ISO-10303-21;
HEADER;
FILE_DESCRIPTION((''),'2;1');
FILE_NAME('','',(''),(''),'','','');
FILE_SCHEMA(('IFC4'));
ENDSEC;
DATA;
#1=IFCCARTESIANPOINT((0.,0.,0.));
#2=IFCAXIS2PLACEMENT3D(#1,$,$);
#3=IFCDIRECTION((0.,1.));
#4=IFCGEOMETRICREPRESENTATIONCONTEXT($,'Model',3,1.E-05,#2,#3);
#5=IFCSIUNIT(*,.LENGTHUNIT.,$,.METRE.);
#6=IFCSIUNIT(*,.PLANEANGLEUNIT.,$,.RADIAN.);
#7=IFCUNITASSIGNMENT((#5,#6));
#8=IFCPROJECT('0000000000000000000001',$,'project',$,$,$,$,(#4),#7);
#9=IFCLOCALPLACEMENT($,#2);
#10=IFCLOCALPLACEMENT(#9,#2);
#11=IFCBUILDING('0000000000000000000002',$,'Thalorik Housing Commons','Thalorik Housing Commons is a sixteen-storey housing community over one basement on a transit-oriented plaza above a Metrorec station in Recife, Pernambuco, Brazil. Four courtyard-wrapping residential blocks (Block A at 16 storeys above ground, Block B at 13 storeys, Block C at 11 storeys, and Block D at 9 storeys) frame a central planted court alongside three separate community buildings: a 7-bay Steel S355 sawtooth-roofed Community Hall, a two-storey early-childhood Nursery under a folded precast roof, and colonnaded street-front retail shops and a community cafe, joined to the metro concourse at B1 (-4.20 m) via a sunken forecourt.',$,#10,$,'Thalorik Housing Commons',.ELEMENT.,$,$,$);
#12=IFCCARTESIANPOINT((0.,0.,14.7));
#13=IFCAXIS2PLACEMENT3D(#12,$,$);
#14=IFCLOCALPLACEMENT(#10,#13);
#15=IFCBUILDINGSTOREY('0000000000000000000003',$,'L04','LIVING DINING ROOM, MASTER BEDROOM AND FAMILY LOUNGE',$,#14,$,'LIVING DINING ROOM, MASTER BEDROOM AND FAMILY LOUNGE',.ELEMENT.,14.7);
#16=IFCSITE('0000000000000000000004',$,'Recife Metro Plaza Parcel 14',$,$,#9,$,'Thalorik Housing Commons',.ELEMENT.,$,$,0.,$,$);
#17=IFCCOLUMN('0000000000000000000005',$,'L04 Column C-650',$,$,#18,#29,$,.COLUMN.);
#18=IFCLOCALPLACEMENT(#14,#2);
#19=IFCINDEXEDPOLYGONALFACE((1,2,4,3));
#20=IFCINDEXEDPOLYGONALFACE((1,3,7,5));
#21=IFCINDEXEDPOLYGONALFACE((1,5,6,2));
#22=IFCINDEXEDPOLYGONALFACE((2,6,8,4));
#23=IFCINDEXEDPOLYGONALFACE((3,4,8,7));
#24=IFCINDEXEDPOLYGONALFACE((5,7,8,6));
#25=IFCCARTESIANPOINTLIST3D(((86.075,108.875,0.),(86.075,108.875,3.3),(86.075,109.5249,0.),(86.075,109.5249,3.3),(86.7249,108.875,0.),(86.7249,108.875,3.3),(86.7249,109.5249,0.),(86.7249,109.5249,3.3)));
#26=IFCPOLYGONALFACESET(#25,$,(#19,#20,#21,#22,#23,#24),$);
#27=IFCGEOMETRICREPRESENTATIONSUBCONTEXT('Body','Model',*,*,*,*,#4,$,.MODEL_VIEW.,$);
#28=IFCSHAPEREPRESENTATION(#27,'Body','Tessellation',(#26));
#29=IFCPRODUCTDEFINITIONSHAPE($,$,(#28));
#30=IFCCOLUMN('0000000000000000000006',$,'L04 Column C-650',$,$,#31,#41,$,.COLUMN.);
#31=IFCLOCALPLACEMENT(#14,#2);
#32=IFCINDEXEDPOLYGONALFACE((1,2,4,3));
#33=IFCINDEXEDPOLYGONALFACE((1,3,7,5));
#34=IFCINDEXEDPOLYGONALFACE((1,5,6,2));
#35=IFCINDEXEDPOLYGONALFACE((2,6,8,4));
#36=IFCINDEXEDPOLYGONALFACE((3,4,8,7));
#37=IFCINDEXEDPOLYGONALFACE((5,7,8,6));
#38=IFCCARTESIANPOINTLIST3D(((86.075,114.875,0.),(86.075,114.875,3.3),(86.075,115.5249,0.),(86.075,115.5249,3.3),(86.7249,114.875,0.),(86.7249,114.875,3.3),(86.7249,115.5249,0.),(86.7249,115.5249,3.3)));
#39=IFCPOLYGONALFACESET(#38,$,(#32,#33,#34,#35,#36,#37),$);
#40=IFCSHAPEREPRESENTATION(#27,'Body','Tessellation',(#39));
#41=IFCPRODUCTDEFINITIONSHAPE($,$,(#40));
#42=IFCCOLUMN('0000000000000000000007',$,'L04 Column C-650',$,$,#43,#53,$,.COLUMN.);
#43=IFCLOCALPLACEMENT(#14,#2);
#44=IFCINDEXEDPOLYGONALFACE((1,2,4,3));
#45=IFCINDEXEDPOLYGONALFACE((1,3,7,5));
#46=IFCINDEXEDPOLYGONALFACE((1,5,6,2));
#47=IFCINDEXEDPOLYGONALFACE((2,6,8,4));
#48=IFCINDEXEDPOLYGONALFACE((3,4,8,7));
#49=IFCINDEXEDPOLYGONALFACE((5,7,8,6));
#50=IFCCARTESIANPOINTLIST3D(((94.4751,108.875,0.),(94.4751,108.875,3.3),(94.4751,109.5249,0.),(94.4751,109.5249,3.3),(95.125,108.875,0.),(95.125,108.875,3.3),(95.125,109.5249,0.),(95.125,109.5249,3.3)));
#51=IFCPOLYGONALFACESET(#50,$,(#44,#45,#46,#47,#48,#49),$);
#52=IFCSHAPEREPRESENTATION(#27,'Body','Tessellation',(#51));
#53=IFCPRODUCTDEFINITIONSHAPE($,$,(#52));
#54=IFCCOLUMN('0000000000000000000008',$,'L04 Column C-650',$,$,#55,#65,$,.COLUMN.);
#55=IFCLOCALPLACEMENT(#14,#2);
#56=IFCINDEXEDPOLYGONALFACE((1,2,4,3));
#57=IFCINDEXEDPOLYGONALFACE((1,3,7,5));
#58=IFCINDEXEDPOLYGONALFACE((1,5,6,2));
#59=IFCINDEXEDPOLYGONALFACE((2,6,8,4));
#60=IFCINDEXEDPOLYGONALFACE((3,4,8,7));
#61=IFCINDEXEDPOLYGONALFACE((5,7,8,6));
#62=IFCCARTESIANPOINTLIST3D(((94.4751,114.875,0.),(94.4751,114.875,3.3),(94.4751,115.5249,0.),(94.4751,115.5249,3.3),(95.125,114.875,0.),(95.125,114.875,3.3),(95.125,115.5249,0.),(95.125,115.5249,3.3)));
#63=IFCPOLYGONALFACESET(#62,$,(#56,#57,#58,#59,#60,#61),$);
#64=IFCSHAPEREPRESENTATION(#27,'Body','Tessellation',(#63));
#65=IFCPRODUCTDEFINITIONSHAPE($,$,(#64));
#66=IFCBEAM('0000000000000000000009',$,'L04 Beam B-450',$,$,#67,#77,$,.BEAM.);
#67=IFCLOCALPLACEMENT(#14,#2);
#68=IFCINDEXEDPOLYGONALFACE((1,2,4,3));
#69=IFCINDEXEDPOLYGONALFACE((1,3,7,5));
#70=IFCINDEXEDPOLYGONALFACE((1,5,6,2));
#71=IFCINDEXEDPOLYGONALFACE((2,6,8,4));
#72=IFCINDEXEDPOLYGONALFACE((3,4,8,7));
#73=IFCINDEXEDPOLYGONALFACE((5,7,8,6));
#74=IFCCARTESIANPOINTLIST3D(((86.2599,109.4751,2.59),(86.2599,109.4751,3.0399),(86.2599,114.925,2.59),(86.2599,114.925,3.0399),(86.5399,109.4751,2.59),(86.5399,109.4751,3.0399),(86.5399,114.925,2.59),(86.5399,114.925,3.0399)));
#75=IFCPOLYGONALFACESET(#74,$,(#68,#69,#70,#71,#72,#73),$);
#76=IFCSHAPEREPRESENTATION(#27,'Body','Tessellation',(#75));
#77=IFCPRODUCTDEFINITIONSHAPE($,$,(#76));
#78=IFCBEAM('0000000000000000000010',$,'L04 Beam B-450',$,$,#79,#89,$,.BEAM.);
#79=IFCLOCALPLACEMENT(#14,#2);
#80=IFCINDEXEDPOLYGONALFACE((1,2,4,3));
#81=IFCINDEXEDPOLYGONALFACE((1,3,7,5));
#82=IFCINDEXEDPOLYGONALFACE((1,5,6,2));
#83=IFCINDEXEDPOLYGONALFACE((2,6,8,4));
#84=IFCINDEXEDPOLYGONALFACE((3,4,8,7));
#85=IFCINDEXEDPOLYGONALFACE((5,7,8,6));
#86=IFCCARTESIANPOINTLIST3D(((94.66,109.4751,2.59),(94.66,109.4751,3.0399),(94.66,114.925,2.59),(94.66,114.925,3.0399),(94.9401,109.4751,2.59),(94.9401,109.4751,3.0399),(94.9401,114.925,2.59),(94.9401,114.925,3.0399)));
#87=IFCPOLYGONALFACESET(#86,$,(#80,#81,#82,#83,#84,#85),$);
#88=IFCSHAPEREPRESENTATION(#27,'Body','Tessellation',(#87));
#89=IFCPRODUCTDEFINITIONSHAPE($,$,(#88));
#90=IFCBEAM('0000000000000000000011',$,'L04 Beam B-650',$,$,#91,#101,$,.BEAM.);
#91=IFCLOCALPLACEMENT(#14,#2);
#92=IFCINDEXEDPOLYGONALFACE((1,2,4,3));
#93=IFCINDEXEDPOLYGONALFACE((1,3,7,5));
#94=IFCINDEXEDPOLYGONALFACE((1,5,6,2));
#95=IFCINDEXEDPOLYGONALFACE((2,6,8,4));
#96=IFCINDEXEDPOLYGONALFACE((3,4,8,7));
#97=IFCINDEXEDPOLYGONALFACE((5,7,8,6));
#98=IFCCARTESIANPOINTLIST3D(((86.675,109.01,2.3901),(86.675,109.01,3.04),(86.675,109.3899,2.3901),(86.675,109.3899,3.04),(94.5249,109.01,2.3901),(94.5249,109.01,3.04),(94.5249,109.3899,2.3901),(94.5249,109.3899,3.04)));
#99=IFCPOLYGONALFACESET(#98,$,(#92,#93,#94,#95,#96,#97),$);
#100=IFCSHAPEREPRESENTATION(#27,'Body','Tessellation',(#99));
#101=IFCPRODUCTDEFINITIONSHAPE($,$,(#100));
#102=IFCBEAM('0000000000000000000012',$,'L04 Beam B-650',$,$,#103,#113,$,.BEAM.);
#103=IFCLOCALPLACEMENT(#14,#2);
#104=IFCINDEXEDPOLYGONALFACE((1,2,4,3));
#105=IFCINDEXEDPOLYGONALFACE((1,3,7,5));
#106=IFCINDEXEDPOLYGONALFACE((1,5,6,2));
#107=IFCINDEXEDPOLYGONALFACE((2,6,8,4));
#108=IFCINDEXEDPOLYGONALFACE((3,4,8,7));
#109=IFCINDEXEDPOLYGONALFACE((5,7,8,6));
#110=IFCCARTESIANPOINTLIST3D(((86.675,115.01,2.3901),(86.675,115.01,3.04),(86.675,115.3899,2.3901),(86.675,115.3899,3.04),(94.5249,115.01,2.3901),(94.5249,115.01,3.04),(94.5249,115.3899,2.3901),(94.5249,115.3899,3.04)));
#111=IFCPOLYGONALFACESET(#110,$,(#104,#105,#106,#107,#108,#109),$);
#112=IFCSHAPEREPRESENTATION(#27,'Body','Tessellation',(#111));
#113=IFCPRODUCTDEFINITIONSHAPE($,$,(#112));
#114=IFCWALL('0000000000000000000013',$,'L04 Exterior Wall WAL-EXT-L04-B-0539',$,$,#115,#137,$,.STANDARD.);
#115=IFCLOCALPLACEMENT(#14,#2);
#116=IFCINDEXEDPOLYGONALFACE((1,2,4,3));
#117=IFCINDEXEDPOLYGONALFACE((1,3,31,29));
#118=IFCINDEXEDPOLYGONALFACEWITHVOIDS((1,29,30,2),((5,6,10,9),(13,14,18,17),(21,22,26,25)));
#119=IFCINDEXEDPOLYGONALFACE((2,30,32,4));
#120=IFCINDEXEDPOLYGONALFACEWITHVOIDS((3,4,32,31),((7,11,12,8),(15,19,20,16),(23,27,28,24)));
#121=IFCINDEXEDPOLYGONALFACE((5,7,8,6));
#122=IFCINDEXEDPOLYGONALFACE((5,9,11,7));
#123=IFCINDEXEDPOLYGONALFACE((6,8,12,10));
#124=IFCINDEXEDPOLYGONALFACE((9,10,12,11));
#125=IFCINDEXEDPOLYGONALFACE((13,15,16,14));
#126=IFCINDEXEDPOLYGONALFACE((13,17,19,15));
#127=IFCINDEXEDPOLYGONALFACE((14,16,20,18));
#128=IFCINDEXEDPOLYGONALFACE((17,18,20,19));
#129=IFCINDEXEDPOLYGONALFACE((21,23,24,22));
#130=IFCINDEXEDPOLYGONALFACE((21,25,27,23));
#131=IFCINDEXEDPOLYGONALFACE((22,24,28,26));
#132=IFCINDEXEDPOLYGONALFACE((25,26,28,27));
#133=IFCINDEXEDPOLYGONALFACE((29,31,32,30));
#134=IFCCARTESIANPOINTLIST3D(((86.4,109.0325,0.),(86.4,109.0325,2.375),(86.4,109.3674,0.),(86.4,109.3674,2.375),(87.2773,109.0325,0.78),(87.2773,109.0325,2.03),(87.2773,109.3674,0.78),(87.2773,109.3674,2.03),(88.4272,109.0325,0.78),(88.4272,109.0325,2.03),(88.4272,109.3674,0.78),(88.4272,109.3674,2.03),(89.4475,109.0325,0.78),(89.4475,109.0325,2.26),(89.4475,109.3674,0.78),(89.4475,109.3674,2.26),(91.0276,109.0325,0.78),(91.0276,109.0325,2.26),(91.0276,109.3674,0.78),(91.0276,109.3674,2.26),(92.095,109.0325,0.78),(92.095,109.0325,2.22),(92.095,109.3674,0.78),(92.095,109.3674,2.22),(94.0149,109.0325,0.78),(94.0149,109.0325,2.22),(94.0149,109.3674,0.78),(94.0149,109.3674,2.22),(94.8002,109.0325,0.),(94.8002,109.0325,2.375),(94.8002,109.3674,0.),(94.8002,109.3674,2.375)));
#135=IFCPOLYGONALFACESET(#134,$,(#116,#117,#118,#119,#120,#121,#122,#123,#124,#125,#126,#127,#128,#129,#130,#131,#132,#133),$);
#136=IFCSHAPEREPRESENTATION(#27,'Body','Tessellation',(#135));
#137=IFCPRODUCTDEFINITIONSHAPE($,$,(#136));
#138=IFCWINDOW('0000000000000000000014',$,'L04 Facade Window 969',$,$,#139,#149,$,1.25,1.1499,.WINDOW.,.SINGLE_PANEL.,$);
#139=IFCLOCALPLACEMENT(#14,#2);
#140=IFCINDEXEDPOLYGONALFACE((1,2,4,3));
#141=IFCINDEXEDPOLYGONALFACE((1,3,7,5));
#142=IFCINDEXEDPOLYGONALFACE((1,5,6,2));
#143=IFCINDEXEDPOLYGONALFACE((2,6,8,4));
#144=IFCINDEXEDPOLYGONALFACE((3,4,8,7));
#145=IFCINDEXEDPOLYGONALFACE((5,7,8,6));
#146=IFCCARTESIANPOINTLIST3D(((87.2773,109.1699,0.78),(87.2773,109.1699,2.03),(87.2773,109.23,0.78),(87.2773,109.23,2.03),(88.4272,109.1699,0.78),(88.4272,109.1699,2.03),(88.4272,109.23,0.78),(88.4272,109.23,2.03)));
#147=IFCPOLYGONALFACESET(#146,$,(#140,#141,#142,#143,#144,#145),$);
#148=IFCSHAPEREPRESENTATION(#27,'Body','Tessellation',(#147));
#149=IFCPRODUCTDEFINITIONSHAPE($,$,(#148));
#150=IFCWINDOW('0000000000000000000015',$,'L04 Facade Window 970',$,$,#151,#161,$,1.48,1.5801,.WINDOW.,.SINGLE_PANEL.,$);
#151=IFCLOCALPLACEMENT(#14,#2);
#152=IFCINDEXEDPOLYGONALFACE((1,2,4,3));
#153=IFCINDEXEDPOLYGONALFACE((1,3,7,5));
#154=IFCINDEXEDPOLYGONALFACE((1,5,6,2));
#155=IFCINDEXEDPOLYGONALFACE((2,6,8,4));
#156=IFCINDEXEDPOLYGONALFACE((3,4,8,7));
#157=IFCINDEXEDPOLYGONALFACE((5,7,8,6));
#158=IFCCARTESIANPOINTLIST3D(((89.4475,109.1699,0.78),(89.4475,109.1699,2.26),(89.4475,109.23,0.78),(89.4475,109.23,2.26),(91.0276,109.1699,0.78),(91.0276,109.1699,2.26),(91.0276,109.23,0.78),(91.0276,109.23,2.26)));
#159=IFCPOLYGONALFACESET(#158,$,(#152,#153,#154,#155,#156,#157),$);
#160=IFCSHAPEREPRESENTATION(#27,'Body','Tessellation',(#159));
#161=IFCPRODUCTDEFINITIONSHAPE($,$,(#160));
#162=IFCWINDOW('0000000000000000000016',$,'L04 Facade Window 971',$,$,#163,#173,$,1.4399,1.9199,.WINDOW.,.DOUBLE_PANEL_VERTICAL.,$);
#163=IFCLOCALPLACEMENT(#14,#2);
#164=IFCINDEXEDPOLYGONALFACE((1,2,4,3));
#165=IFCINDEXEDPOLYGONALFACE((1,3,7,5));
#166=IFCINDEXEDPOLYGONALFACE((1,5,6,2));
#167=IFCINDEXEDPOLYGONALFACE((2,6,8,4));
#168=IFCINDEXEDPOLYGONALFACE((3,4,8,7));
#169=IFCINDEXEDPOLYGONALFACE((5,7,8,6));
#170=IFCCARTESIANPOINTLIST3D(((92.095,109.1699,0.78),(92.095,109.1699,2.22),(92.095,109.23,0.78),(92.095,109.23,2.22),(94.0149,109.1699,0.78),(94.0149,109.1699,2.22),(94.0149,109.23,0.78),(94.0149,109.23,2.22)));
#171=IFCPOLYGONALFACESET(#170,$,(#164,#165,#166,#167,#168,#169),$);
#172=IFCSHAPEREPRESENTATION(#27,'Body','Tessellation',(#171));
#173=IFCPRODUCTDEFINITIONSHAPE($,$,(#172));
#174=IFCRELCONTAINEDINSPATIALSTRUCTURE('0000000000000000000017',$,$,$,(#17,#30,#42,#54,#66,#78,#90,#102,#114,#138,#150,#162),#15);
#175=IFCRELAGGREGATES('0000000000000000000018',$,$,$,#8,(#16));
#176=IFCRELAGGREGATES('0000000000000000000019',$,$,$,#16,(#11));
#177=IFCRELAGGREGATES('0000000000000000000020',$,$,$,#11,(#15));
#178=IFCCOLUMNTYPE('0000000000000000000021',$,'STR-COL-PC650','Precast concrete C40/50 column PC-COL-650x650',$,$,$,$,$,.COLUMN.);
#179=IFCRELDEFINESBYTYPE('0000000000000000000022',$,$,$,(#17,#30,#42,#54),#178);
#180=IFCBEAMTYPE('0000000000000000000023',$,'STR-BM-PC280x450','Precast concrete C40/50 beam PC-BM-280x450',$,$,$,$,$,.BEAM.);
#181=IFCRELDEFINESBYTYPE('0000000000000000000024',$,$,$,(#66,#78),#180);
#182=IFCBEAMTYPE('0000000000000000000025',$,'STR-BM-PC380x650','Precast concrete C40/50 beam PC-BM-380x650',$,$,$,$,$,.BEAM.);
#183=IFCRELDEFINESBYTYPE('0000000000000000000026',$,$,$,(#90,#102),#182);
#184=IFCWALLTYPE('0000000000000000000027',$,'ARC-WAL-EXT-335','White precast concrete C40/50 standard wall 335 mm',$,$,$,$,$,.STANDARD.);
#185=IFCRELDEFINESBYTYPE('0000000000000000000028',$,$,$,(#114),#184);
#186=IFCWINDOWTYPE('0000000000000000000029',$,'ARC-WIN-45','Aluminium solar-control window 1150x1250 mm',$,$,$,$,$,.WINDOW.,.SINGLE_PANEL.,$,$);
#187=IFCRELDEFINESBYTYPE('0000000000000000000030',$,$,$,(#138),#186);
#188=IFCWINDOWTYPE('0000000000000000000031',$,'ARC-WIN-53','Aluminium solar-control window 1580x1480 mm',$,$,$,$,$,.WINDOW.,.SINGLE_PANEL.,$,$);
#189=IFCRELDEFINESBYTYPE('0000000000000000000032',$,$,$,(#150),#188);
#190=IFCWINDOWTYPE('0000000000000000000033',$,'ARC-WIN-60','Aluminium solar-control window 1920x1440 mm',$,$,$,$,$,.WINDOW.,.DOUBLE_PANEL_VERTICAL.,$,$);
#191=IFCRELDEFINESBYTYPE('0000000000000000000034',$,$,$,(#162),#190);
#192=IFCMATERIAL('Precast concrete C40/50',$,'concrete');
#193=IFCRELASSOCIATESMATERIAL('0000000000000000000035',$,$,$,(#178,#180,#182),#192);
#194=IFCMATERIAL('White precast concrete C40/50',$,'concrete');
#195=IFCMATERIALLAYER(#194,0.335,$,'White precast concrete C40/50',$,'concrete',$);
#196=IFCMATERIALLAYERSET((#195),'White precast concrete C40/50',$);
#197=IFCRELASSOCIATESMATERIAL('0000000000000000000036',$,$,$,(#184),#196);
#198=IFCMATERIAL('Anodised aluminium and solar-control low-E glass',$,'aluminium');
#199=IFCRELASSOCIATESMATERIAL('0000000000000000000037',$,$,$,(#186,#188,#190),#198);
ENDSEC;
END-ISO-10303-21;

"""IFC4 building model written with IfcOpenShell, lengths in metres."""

from ifc_helpers import new_model, si_unit, direction, frame, frame_2d, origin, origin_2d, place, context, subcontext, project, spatial, rectangle, extrude, material, layer, layer_set, material_profile, profile_set, type_object, element, fill, save


model = new_model("IFC4")

# Units and contexts
model_context = context("Model", 3, precision=1e-05, world=origin(), true_north=direction((0.0, 1.0)))
body_context = subcontext(model_context, "Body", "Model", "MODEL_VIEW")
ifc_project = project(units=[si_unit("LENGTHUNIT", "METRE"), si_unit("PLANEANGLEUNIT", "RADIAN")], contexts=[model_context])

# Site, building, storey
site_placement = place(None, origin())
site = spatial("IfcSite", under=ifc_project, at=site_placement, Name="Recife Metro Plaza Parcel 14", LongName="Thalorik Housing Commons", CompositionType="ELEMENT", RefElevation=0.0)
building_placement = place(site_placement, origin())
building = spatial("IfcBuilding", under=site, at=building_placement, Name="Thalorik Housing Commons", Description="Thalorik Housing Commons is a sixteen-storey housing community over one basement on a transit-oriented plaza above a Metrorec station in Recife, Pernambuco, Brazil. Four courtyard-wrapping residential blocks (Block A at 16 storeys above ground, Block B at 13 storeys, Block C at 11 storeys, and Block D at 9 storeys) frame a central planted court alongside three separate community buildings: a 7-bay Steel S355 sawtooth-roofed Community Hall, a two-storey early-childhood Nursery under a folded precast roof, and colonnaded street-front retail shops and a community cafe, joined to the metro concourse at B1 (-4.20 m) via a sunken forecourt.", LongName="Thalorik Housing Commons", CompositionType="ELEMENT")
storey_placement = place(building_placement, frame((0.0, 0.0, 14.7)))
storey = spatial("IfcBuildingStorey", under=building, at=storey_placement, Name="L04", Description="LIVING DINING ROOM, MASTER BEDROOM AND FAMILY LOUNGE", LongName="LIVING DINING ROOM, MASTER BEDROOM AND FAMILY LOUNGE", CompositionType="ELEMENT", Elevation=14.7)

# Columns
ifc_material_1 = material(Name="Precast concrete C40/50", Category="concrete")
ifc_material_profile_1 = material_profile(ifc_material_1, rectangle(XDim=0.6499, YDim=0.6499, at=origin_2d()), Name="PC 650x650", Category="concrete")
ifc_profile_set_1 = profile_set([ifc_material_profile_1], Name="Precast concrete C40/50")
column_type = type_object("IfcColumnType", Name="STR-COL-PC650", Description="Precast concrete C40/50 column PC-COL-650x650", PredefinedType="COLUMN", material=ifc_profile_set_1)
for number, where, z_axis, x_axis, name in (
    (1, (86.3999, 109.2, 0.0), (0.0, 0.0, 1.0), (1.0, 0.0, 0.0), "L04 Column C-650"),
    (2, (86.3999, 115.2, 0.0), (0.0, 0.0, 1.0), (1.0, 0.0, 0.0), "L04 Column C-650"),
    (3, (94.8, 109.2, 0.0), (0.0, 0.0, 1.0), (1.0, 0.0, 0.0), "L04 Column C-650"),
    (4, (94.8, 115.2, 0.0), (0.0, 0.0, 1.0), (1.0, 0.0, 0.0), "L04 Column C-650"),
):
    element("IfcColumn", number, at=place(storey_placement, frame(where, z_axis=z_axis, x_axis=x_axis)), inside=storey, type_object=column_type, Name=name, PredefinedType="COLUMN", context=body_context, shape_type="SweptSolid", body=[
        extrude(rectangle(XDim=0.6499, YDim=0.6499, at=origin_2d()), origin(), (0.0, 0.0, 1.0), 3.3),
    ])

# Beams
ifc_material_profile_2 = material_profile(ifc_material_1, rectangle(XDim=0.28, YDim=0.45, at=origin_2d()), Name="PC 280x450", Category="concrete")
ifc_profile_set_2 = profile_set([ifc_material_profile_2], Name="Precast concrete C40/50")
beam_type_1 = type_object("IfcBeamType", Name="STR-BM-PC280x450", Description="Precast concrete C40/50 beam PC-BM-280x450", PredefinedType="BEAM", material=ifc_profile_set_2)
for number, where, z_axis, x_axis, name in (
    (5, (86.3999, 109.4751, 2.8149), (0.0, 1.0, 0.0), (-1.0, 0.0, 0.0), "L04 Beam B-450"),
    (6, (94.8, 109.4751, 2.8149), (0.0, 1.0, 0.0), (-1.0, 0.0, 0.0), "L04 Beam B-450"),
):
    element("IfcBeam", number, at=place(storey_placement, frame(where, z_axis=z_axis, x_axis=x_axis)), inside=storey, type_object=beam_type_1, Name=name, PredefinedType="BEAM", context=body_context, shape_type="SweptSolid", body=[
        extrude(rectangle(XDim=0.28, YDim=0.45, at=origin_2d()), origin(), (0.0, 0.0, 1.0), 5.45),
    ])
ifc_material_profile_3 = material_profile(ifc_material_1, rectangle(XDim=0.3799, YDim=0.6499, at=origin_2d()), Name="PC 380x650", Category="concrete")
ifc_profile_set_3 = profile_set([ifc_material_profile_3], Name="Precast concrete C40/50")
beam_type_2 = type_object("IfcBeamType", Name="STR-BM-PC380x650", Description="Precast concrete C40/50 beam PC-BM-380x650", PredefinedType="BEAM", material=ifc_profile_set_3)
for number, where, z_axis, x_axis, name in (
    (7, (86.675, 109.2, 2.7151), (1.0, 0.0, 0.0), (0.0, 1.0, 0.0), "L04 Beam B-650"),
    (8, (86.675, 115.2, 2.7151), (1.0, 0.0, 0.0), (0.0, 1.0, 0.0), "L04 Beam B-650"),
):
    element("IfcBeam", number, at=place(storey_placement, frame(where, z_axis=z_axis, x_axis=x_axis)), inside=storey, type_object=beam_type_2, Name=name, PredefinedType="BEAM", context=body_context, shape_type="SweptSolid", body=[
        extrude(rectangle(XDim=0.3799, YDim=0.6499, at=origin_2d()), origin(), (0.0, 0.0, 1.0), 7.8499),
    ])

# Wall, openings, windows
ifc_material_2 = material(Name="White precast concrete C40/50", Category="concrete")
ifc_layer_1 = layer(ifc_material_2, 0.335, Name="White precast concrete C40/50", Category="concrete")
ifc_layer_set_1 = layer_set([ifc_layer_1], Name="White precast concrete C40/50")
wall_type_1 = type_object("IfcWallType", Name="ARC-WAL-EXT-335", Description="White precast concrete C40/50 standard wall 335 mm", PredefinedType="STANDARD", material=ifc_layer_set_1)
wall_1_placement = place(storey_placement, frame((86.3999, 109.2, 0.0), z_axis=(0.0, 0.0, 1.0), x_axis=(1.0, 0.0, 0.0)))
wall_1 = element("IfcWall", 9, at=wall_1_placement, inside=storey, type_object=wall_type_1, Name="L04 Exterior Wall WAL-EXT-L04-B-0539", PredefinedType="STANDARD", context=body_context, shape_type="SweptSolid", body=[
    extrude(rectangle(XDim=8.4001, YDim=0.335, at=frame_2d((4.2002, 0.0))), origin(), (0.0, 0.0, 1.0), 2.375),
])
opening_1_placement = place(wall_1_placement, frame((0.8774, 0.0, 0.78)))
opening_1 = element("IfcOpeningElement", 10, at=opening_1_placement, cuts=wall_1, PredefinedType="OPENING", context=body_context, shape_type="SweptSolid", body=[
    extrude(rectangle(XDim=1.1499, YDim=1.25, at=frame_2d((0.575, 0.625))), frame((0.0, 0.1775, 0.0), z_axis=(0.0, -1.0, 0.0), x_axis=(1.0, 0.0, 0.0)), (0.0, 0.0, 1.0), 0.355),
])
opening_2_placement = place(wall_1_placement, frame((3.0476, 0.0, 0.78)))
opening_2 = element("IfcOpeningElement", 11, at=opening_2_placement, cuts=wall_1, PredefinedType="OPENING", context=body_context, shape_type="SweptSolid", body=[
    extrude(rectangle(XDim=1.5801, YDim=1.48, at=frame_2d((0.79, 0.74))), frame((0.0, 0.1775, 0.0), z_axis=(0.0, -1.0, 0.0), x_axis=(1.0, 0.0, 0.0)), (0.0, 0.0, 1.0), 0.355),
])
opening_3_placement = place(wall_1_placement, frame((5.6951, 0.0, 0.78)))
opening_3 = element("IfcOpeningElement", 12, at=opening_3_placement, cuts=wall_1, PredefinedType="OPENING", context=body_context, shape_type="SweptSolid", body=[
    extrude(rectangle(XDim=1.9199, YDim=1.4399, at=frame_2d((0.96, 0.72))), frame((0.0, 0.1775, 0.0), z_axis=(0.0, -1.0, 0.0), x_axis=(1.0, 0.0, 0.0)), (0.0, 0.0, 1.0), 0.355),
])
ifc_material_3 = material(Name="Anodised aluminium and solar-control low-E glass", Category="aluminium")
window_type_1 = type_object("IfcWindowType", Name="ARC-WIN-45", Description="Aluminium solar-control window 1150x1250 mm", PartitioningType="SINGLE_PANEL", PredefinedType="WINDOW", material=ifc_material_3)
window_1_placement = place(opening_1_placement, origin())
window_1 = element("IfcWindow", 13, at=window_1_placement, inside=storey, type_object=window_type_1, Name="L04 Facade Window 969", OverallHeight=1.25, OverallWidth=1.1499, PartitioningType="SINGLE_PANEL", PredefinedType="WINDOW", context=body_context, shape_type="SweptSolid", body=[
    extrude(rectangle(XDim=1.1499, YDim=1.25, at=frame_2d((0.575, 0.625))), frame((0.0, 0.03, 0.0), z_axis=(0.0, -1.0, 0.0), x_axis=(1.0, 0.0, 0.0)), (0.0, 0.0, 1.0), 0.0601),
])
fill(opening_1, window_1)
window_type_2 = type_object("IfcWindowType", Name="ARC-WIN-53", Description="Aluminium solar-control window 1580x1480 mm", PartitioningType="SINGLE_PANEL", PredefinedType="WINDOW", material=ifc_material_3)
window_2_placement = place(opening_2_placement, origin())
window_2 = element("IfcWindow", 14, at=window_2_placement, inside=storey, type_object=window_type_2, Name="L04 Facade Window 970", OverallHeight=1.48, OverallWidth=1.5801, PartitioningType="SINGLE_PANEL", PredefinedType="WINDOW", context=body_context, shape_type="SweptSolid", body=[
    extrude(rectangle(XDim=1.5801, YDim=1.48, at=frame_2d((0.79, 0.74))), frame((0.0, 0.03, 0.0), z_axis=(0.0, -1.0, 0.0), x_axis=(1.0, 0.0, 0.0)), (0.0, 0.0, 1.0), 0.0601),
])
fill(opening_2, window_2)
window_type_3 = type_object("IfcWindowType", Name="ARC-WIN-60", Description="Aluminium solar-control window 1920x1440 mm", PartitioningType="DOUBLE_PANEL_VERTICAL", PredefinedType="WINDOW", material=ifc_material_3)
window_3_placement = place(opening_3_placement, origin())
window_3 = element("IfcWindow", 15, at=window_3_placement, inside=storey, type_object=window_type_3, Name="L04 Facade Window 971", OverallHeight=1.4399, OverallWidth=1.9199, PartitioningType="DOUBLE_PANEL_VERTICAL", PredefinedType="WINDOW", context=body_context, shape_type="SweptSolid", body=[
    extrude(rectangle(XDim=1.9199, YDim=1.4399, at=frame_2d((0.96, 0.72))), frame((0.0, 0.03, 0.0), z_axis=(0.0, -1.0, 0.0), x_axis=(1.0, 0.0, 0.0)), (0.0, 0.0, 1.0), 0.0601),
])
fill(opening_3, window_3)

save(model, "model.ifc")
